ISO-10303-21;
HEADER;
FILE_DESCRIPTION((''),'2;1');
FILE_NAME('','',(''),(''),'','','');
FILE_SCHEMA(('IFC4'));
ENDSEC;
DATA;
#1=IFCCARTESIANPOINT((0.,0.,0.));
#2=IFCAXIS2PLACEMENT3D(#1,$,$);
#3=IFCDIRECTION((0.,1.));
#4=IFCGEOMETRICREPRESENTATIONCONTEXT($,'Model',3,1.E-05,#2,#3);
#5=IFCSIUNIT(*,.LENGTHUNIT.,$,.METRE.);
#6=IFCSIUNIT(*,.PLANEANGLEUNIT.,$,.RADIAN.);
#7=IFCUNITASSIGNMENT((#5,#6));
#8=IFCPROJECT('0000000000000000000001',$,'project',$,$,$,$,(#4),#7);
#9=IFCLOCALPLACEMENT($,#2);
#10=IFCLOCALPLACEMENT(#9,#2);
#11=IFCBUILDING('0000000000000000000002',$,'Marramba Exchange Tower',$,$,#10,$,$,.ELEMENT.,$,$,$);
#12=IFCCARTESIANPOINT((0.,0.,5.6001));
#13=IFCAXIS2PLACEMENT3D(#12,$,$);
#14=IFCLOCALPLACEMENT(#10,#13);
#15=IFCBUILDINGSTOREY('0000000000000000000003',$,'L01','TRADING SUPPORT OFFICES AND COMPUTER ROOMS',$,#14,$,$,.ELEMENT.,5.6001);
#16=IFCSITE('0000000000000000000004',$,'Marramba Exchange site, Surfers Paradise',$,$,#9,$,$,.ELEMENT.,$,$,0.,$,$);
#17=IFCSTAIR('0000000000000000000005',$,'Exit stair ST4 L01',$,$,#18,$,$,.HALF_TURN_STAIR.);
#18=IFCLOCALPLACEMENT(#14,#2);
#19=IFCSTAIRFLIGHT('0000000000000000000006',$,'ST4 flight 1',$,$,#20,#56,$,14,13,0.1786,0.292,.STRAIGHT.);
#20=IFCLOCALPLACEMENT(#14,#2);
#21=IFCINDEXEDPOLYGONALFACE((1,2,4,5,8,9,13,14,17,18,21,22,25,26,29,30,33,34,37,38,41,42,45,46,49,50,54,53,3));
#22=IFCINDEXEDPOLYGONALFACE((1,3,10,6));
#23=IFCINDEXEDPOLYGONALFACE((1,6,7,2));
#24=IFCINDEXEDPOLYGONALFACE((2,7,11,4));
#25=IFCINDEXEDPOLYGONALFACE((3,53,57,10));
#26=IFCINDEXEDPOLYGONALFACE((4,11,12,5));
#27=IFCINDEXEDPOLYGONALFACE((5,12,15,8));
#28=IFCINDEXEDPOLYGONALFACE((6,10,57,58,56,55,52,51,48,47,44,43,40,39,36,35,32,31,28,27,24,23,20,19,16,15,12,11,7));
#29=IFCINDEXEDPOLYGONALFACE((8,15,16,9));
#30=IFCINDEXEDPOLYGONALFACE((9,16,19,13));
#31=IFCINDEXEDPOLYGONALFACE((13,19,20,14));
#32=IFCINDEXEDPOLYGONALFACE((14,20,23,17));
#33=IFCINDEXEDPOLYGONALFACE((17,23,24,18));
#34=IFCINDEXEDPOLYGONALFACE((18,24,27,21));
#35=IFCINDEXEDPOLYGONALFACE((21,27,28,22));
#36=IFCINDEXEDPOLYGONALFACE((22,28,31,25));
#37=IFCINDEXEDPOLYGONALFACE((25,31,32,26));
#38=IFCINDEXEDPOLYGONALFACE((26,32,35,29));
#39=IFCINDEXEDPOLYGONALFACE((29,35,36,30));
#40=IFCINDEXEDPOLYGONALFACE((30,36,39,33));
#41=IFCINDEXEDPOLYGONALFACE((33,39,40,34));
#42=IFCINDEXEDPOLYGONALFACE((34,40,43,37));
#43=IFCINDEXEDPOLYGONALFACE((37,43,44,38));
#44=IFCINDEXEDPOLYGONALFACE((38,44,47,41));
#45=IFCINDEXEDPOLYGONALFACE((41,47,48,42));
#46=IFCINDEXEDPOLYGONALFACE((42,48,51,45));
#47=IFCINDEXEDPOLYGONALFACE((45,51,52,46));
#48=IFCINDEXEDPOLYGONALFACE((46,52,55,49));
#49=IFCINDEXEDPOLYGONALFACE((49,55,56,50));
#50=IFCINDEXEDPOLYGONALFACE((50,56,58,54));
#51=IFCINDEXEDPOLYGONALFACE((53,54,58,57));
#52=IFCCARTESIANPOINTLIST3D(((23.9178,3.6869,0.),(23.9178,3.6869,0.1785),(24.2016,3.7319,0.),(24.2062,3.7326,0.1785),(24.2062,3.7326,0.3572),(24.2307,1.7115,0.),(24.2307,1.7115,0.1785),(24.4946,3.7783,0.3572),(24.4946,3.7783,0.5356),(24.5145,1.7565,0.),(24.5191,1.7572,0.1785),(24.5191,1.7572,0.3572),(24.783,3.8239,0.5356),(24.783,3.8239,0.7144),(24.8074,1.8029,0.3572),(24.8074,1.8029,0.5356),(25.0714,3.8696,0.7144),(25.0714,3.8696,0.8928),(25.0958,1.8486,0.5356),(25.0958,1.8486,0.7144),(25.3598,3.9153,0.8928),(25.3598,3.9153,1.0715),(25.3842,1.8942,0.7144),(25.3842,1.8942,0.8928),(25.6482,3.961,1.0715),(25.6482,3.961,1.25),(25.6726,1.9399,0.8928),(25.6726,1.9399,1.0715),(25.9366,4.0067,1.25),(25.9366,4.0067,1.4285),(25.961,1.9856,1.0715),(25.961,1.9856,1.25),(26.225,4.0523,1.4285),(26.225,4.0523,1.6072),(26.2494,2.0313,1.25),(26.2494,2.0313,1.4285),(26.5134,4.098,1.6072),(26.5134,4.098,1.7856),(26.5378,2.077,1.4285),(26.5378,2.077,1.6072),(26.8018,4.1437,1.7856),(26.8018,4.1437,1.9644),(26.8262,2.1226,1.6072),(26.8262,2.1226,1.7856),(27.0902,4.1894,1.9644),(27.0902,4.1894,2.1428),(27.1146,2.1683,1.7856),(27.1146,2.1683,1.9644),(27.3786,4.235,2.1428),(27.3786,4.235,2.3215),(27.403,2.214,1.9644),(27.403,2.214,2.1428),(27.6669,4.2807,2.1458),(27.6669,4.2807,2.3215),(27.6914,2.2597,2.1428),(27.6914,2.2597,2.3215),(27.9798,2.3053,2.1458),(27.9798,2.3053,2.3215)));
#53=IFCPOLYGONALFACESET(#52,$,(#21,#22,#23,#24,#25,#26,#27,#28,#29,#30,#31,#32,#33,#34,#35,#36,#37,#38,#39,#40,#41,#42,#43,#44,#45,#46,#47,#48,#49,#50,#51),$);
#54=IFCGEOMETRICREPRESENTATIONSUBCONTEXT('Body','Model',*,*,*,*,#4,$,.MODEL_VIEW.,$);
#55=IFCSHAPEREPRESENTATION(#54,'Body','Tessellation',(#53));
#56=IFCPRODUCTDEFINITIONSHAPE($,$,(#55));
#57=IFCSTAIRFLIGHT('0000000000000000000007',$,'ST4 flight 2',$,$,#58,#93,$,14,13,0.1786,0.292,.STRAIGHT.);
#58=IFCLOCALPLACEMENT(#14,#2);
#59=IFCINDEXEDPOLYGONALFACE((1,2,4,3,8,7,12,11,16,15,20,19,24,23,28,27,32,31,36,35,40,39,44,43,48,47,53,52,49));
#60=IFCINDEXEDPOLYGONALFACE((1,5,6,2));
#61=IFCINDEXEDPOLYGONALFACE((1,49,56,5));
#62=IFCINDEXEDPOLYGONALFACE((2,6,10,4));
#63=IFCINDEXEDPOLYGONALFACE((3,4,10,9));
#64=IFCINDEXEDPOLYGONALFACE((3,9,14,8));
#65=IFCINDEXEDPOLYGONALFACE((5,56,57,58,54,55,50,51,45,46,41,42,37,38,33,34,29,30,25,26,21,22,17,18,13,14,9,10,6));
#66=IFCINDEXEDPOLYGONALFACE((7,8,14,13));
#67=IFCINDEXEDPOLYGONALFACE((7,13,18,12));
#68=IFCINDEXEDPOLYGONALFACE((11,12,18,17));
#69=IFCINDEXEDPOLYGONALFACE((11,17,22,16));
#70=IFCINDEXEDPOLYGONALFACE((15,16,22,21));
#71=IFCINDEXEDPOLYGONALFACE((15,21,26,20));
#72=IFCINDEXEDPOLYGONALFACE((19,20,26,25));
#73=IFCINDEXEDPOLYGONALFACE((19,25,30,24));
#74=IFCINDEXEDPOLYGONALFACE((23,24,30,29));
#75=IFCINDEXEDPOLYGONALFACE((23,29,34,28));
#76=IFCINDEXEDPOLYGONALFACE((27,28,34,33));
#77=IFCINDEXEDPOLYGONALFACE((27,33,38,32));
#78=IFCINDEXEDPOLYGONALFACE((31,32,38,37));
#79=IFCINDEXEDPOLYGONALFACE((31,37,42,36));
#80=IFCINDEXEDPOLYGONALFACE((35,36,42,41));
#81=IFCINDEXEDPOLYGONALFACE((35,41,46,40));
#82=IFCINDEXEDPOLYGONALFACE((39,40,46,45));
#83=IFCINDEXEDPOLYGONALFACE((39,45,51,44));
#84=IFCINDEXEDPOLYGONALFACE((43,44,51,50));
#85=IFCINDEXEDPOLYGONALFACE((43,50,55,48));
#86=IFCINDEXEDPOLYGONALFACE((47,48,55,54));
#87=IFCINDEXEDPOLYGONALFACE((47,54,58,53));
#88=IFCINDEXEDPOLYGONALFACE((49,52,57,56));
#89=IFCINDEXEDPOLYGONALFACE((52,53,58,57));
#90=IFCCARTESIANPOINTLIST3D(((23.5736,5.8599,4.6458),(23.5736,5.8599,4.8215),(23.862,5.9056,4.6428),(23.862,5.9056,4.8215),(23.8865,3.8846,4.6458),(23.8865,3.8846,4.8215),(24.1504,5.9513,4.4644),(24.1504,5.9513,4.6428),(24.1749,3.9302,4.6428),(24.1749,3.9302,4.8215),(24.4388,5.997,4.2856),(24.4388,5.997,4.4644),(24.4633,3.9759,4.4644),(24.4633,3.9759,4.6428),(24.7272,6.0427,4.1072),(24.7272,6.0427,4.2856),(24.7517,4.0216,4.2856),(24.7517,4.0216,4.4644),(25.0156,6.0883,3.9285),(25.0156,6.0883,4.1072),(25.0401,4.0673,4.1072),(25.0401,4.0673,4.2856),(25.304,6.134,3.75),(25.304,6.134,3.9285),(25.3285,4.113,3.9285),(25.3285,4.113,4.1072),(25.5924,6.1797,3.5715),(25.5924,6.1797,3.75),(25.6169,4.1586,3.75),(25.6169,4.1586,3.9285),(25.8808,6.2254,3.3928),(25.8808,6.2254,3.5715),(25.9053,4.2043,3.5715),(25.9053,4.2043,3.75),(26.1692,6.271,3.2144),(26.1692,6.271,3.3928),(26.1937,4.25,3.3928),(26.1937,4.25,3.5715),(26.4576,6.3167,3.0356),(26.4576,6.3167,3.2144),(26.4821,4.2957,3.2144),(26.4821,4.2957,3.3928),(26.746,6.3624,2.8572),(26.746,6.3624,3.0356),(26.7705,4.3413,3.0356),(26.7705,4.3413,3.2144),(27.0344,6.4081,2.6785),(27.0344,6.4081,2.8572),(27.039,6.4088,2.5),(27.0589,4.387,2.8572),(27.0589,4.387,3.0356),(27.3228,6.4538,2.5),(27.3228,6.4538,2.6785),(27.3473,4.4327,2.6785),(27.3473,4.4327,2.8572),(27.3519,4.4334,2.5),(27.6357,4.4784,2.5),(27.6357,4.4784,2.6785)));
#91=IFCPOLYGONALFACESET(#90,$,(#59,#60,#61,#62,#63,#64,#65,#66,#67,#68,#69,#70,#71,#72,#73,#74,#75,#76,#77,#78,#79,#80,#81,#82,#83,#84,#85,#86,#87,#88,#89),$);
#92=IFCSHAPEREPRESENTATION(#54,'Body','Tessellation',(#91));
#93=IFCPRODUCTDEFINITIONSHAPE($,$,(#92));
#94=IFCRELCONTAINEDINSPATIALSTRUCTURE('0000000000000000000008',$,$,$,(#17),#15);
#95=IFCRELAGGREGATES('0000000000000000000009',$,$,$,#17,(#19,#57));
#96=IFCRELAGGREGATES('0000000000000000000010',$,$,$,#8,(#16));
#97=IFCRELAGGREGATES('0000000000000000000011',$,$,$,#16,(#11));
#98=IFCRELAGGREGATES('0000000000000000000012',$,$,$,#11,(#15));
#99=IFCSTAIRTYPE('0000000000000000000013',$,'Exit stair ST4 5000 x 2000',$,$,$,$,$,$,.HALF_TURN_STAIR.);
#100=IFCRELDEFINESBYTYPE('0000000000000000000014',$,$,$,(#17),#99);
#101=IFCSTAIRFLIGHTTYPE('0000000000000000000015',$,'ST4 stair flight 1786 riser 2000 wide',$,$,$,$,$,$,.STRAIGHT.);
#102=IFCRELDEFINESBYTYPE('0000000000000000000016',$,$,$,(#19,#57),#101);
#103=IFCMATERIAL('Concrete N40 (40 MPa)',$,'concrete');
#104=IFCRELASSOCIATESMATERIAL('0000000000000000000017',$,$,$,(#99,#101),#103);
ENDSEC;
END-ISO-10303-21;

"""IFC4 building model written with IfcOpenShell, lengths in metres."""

from ifc_helpers import new_model, si_unit, direction, frame, origin, place, context, subcontext, project, spatial, polyline, outline, extrude, material, type_object, element, aggregate, save


model = new_model("IFC4")

# Units and contexts
model_context = context("Model", 3, precision=1e-05, world=origin(), true_north=direction((0.0, 1.0)))
body_context = subcontext(model_context, "Body", "Model", "MODEL_VIEW")
ifc_project = project(units=[si_unit("LENGTHUNIT", "METRE"), si_unit("PLANEANGLEUNIT", "RADIAN")], contexts=[model_context])

# Site, building, storey
site_placement = place(None, origin())
site = spatial("IfcSite", under=ifc_project, at=site_placement, Name="Marramba Exchange site, Surfers Paradise", CompositionType="ELEMENT", RefElevation=0.0)
building_placement = place(site_placement, origin())
building = spatial("IfcBuilding", under=site, at=building_placement, Name="Marramba Exchange Tower", CompositionType="ELEMENT")
storey_placement = place(building_placement, frame((0.0, 0.0, 5.6001)))
storey = spatial("IfcBuildingStorey", under=building, at=storey_placement, Name="L01", Description="TRADING SUPPORT OFFICES AND COMPUTER ROOMS", CompositionType="ELEMENT", Elevation=5.6001)

# Stair, stair flights
ifc_material_1 = material(Name="Concrete N40 (40 MPa)", Category="concrete")
stair_type = type_object("IfcStairType", Name="Exit stair ST4 5000 x 2000", PredefinedType="HALF_TURN_STAIR", material=ifc_material_1)
stair_placement = place(storey_placement, origin())
stair = element("IfcStair", 1, at=stair_placement, inside=storey, type_object=stair_type, Name="Exit stair ST4 L01", PredefinedType="HALF_TURN_STAIR")
stair_flight_type = type_object("IfcStairFlightType", Name="ST4 stair flight 1786 riser 2000 wide", PredefinedType="STRAIGHT", material=ifc_material_1)
stair_flight_1_placement = place(storey_placement, frame((24.0742, 2.6992, 0.0), z_axis=(0.0, 0.0, 1.0), x_axis=(0.987688, 0.156434, 0.0)))
stair_flight_1 = element("IfcStairFlight", 2, at=stair_flight_1_placement, type_object=stair_flight_type, Name="ST4 flight 1", NumberOfRisers=14, NumberOfTreads=13, PredefinedType="STRAIGHT", RiserHeight=0.1786, TreadLength=0.292, context=body_context, shape_type="SweptSolid", body=[
    extrude(outline(polyline([(0.0, 0.0), (0.0, 0.1785), (0.292, 0.1785), (0.292, 0.3572), (0.584, 0.3572), (0.584, 0.5356), (0.876, 0.5356), (0.876, 0.7144), (1.168, 0.7144), (1.168, 0.8928), (1.46, 0.8928), (1.46, 1.0715), (1.752, 1.0715), (1.752, 1.25), (2.0439, 1.25), (2.0439, 1.4285), (2.3359, 1.4285), (2.3359, 1.6072), (2.6279, 1.6072), (2.6279, 1.7856), (2.9199, 1.7856), (2.9199, 1.9644), (3.2119, 1.9644), (3.2119, 2.1428), (3.5039, 2.1428), (3.5039, 2.3215), (3.7959, 2.3215), (3.7959, 2.5), (3.7959, 2.1458), (0.2874, 0.0), (0.0, 0.0)])), frame((0.0, 1.0, 0.0), z_axis=(0.0, -1.0, 0.0), x_axis=(1.0, 0.0, 0.0)), (0.0, 0.0, 1.0), 2.0),
])
stair_flight_2_placement = place(storey_placement, frame((27.4792, 5.4661, 2.5), z_axis=(0.0, 0.0, 1.0), x_axis=(-0.987688, -0.156434, 0.0)))
stair_flight_2 = element("IfcStairFlight", 3, at=stair_flight_2_placement, type_object=stair_flight_type, Name="ST4 flight 2", NumberOfRisers=14, NumberOfTreads=13, PredefinedType="STRAIGHT", RiserHeight=0.1786, TreadLength=0.292, context=body_context, shape_type="SweptSolid", body=[
    extrude(outline(polyline([(0.0, 0.0), (0.0, 0.1785), (0.292, 0.1785), (0.292, 0.3572), (0.584, 0.3572), (0.584, 0.5356), (0.876, 0.5356), (0.876, 0.7144), (1.168, 0.7144), (1.168, 0.8928), (1.46, 0.8928), (1.46, 1.0715), (1.752, 1.0715), (1.752, 1.25), (2.0439, 1.25), (2.0439, 1.4285), (2.3359, 1.4285), (2.3359, 1.6072), (2.6279, 1.6072), (2.6279, 1.7856), (2.9199, 1.7856), (2.9199, 1.9644), (3.2119, 1.9644), (3.2119, 2.1428), (3.5039, 2.1428), (3.5039, 2.3215), (3.7959, 2.3215), (3.7959, 2.5), (3.7959, 2.1458), (0.2874, 0.0), (0.0, 0.0)])), frame((0.0, 1.0, 0.0), z_axis=(0.0, -1.0, 0.0), x_axis=(1.0, 0.0, 0.0)), (0.0, 0.0, 1.0), 2.0),
])
aggregate(stair, [stair_flight_1, stair_flight_2])

save(model, "model.ifc")
